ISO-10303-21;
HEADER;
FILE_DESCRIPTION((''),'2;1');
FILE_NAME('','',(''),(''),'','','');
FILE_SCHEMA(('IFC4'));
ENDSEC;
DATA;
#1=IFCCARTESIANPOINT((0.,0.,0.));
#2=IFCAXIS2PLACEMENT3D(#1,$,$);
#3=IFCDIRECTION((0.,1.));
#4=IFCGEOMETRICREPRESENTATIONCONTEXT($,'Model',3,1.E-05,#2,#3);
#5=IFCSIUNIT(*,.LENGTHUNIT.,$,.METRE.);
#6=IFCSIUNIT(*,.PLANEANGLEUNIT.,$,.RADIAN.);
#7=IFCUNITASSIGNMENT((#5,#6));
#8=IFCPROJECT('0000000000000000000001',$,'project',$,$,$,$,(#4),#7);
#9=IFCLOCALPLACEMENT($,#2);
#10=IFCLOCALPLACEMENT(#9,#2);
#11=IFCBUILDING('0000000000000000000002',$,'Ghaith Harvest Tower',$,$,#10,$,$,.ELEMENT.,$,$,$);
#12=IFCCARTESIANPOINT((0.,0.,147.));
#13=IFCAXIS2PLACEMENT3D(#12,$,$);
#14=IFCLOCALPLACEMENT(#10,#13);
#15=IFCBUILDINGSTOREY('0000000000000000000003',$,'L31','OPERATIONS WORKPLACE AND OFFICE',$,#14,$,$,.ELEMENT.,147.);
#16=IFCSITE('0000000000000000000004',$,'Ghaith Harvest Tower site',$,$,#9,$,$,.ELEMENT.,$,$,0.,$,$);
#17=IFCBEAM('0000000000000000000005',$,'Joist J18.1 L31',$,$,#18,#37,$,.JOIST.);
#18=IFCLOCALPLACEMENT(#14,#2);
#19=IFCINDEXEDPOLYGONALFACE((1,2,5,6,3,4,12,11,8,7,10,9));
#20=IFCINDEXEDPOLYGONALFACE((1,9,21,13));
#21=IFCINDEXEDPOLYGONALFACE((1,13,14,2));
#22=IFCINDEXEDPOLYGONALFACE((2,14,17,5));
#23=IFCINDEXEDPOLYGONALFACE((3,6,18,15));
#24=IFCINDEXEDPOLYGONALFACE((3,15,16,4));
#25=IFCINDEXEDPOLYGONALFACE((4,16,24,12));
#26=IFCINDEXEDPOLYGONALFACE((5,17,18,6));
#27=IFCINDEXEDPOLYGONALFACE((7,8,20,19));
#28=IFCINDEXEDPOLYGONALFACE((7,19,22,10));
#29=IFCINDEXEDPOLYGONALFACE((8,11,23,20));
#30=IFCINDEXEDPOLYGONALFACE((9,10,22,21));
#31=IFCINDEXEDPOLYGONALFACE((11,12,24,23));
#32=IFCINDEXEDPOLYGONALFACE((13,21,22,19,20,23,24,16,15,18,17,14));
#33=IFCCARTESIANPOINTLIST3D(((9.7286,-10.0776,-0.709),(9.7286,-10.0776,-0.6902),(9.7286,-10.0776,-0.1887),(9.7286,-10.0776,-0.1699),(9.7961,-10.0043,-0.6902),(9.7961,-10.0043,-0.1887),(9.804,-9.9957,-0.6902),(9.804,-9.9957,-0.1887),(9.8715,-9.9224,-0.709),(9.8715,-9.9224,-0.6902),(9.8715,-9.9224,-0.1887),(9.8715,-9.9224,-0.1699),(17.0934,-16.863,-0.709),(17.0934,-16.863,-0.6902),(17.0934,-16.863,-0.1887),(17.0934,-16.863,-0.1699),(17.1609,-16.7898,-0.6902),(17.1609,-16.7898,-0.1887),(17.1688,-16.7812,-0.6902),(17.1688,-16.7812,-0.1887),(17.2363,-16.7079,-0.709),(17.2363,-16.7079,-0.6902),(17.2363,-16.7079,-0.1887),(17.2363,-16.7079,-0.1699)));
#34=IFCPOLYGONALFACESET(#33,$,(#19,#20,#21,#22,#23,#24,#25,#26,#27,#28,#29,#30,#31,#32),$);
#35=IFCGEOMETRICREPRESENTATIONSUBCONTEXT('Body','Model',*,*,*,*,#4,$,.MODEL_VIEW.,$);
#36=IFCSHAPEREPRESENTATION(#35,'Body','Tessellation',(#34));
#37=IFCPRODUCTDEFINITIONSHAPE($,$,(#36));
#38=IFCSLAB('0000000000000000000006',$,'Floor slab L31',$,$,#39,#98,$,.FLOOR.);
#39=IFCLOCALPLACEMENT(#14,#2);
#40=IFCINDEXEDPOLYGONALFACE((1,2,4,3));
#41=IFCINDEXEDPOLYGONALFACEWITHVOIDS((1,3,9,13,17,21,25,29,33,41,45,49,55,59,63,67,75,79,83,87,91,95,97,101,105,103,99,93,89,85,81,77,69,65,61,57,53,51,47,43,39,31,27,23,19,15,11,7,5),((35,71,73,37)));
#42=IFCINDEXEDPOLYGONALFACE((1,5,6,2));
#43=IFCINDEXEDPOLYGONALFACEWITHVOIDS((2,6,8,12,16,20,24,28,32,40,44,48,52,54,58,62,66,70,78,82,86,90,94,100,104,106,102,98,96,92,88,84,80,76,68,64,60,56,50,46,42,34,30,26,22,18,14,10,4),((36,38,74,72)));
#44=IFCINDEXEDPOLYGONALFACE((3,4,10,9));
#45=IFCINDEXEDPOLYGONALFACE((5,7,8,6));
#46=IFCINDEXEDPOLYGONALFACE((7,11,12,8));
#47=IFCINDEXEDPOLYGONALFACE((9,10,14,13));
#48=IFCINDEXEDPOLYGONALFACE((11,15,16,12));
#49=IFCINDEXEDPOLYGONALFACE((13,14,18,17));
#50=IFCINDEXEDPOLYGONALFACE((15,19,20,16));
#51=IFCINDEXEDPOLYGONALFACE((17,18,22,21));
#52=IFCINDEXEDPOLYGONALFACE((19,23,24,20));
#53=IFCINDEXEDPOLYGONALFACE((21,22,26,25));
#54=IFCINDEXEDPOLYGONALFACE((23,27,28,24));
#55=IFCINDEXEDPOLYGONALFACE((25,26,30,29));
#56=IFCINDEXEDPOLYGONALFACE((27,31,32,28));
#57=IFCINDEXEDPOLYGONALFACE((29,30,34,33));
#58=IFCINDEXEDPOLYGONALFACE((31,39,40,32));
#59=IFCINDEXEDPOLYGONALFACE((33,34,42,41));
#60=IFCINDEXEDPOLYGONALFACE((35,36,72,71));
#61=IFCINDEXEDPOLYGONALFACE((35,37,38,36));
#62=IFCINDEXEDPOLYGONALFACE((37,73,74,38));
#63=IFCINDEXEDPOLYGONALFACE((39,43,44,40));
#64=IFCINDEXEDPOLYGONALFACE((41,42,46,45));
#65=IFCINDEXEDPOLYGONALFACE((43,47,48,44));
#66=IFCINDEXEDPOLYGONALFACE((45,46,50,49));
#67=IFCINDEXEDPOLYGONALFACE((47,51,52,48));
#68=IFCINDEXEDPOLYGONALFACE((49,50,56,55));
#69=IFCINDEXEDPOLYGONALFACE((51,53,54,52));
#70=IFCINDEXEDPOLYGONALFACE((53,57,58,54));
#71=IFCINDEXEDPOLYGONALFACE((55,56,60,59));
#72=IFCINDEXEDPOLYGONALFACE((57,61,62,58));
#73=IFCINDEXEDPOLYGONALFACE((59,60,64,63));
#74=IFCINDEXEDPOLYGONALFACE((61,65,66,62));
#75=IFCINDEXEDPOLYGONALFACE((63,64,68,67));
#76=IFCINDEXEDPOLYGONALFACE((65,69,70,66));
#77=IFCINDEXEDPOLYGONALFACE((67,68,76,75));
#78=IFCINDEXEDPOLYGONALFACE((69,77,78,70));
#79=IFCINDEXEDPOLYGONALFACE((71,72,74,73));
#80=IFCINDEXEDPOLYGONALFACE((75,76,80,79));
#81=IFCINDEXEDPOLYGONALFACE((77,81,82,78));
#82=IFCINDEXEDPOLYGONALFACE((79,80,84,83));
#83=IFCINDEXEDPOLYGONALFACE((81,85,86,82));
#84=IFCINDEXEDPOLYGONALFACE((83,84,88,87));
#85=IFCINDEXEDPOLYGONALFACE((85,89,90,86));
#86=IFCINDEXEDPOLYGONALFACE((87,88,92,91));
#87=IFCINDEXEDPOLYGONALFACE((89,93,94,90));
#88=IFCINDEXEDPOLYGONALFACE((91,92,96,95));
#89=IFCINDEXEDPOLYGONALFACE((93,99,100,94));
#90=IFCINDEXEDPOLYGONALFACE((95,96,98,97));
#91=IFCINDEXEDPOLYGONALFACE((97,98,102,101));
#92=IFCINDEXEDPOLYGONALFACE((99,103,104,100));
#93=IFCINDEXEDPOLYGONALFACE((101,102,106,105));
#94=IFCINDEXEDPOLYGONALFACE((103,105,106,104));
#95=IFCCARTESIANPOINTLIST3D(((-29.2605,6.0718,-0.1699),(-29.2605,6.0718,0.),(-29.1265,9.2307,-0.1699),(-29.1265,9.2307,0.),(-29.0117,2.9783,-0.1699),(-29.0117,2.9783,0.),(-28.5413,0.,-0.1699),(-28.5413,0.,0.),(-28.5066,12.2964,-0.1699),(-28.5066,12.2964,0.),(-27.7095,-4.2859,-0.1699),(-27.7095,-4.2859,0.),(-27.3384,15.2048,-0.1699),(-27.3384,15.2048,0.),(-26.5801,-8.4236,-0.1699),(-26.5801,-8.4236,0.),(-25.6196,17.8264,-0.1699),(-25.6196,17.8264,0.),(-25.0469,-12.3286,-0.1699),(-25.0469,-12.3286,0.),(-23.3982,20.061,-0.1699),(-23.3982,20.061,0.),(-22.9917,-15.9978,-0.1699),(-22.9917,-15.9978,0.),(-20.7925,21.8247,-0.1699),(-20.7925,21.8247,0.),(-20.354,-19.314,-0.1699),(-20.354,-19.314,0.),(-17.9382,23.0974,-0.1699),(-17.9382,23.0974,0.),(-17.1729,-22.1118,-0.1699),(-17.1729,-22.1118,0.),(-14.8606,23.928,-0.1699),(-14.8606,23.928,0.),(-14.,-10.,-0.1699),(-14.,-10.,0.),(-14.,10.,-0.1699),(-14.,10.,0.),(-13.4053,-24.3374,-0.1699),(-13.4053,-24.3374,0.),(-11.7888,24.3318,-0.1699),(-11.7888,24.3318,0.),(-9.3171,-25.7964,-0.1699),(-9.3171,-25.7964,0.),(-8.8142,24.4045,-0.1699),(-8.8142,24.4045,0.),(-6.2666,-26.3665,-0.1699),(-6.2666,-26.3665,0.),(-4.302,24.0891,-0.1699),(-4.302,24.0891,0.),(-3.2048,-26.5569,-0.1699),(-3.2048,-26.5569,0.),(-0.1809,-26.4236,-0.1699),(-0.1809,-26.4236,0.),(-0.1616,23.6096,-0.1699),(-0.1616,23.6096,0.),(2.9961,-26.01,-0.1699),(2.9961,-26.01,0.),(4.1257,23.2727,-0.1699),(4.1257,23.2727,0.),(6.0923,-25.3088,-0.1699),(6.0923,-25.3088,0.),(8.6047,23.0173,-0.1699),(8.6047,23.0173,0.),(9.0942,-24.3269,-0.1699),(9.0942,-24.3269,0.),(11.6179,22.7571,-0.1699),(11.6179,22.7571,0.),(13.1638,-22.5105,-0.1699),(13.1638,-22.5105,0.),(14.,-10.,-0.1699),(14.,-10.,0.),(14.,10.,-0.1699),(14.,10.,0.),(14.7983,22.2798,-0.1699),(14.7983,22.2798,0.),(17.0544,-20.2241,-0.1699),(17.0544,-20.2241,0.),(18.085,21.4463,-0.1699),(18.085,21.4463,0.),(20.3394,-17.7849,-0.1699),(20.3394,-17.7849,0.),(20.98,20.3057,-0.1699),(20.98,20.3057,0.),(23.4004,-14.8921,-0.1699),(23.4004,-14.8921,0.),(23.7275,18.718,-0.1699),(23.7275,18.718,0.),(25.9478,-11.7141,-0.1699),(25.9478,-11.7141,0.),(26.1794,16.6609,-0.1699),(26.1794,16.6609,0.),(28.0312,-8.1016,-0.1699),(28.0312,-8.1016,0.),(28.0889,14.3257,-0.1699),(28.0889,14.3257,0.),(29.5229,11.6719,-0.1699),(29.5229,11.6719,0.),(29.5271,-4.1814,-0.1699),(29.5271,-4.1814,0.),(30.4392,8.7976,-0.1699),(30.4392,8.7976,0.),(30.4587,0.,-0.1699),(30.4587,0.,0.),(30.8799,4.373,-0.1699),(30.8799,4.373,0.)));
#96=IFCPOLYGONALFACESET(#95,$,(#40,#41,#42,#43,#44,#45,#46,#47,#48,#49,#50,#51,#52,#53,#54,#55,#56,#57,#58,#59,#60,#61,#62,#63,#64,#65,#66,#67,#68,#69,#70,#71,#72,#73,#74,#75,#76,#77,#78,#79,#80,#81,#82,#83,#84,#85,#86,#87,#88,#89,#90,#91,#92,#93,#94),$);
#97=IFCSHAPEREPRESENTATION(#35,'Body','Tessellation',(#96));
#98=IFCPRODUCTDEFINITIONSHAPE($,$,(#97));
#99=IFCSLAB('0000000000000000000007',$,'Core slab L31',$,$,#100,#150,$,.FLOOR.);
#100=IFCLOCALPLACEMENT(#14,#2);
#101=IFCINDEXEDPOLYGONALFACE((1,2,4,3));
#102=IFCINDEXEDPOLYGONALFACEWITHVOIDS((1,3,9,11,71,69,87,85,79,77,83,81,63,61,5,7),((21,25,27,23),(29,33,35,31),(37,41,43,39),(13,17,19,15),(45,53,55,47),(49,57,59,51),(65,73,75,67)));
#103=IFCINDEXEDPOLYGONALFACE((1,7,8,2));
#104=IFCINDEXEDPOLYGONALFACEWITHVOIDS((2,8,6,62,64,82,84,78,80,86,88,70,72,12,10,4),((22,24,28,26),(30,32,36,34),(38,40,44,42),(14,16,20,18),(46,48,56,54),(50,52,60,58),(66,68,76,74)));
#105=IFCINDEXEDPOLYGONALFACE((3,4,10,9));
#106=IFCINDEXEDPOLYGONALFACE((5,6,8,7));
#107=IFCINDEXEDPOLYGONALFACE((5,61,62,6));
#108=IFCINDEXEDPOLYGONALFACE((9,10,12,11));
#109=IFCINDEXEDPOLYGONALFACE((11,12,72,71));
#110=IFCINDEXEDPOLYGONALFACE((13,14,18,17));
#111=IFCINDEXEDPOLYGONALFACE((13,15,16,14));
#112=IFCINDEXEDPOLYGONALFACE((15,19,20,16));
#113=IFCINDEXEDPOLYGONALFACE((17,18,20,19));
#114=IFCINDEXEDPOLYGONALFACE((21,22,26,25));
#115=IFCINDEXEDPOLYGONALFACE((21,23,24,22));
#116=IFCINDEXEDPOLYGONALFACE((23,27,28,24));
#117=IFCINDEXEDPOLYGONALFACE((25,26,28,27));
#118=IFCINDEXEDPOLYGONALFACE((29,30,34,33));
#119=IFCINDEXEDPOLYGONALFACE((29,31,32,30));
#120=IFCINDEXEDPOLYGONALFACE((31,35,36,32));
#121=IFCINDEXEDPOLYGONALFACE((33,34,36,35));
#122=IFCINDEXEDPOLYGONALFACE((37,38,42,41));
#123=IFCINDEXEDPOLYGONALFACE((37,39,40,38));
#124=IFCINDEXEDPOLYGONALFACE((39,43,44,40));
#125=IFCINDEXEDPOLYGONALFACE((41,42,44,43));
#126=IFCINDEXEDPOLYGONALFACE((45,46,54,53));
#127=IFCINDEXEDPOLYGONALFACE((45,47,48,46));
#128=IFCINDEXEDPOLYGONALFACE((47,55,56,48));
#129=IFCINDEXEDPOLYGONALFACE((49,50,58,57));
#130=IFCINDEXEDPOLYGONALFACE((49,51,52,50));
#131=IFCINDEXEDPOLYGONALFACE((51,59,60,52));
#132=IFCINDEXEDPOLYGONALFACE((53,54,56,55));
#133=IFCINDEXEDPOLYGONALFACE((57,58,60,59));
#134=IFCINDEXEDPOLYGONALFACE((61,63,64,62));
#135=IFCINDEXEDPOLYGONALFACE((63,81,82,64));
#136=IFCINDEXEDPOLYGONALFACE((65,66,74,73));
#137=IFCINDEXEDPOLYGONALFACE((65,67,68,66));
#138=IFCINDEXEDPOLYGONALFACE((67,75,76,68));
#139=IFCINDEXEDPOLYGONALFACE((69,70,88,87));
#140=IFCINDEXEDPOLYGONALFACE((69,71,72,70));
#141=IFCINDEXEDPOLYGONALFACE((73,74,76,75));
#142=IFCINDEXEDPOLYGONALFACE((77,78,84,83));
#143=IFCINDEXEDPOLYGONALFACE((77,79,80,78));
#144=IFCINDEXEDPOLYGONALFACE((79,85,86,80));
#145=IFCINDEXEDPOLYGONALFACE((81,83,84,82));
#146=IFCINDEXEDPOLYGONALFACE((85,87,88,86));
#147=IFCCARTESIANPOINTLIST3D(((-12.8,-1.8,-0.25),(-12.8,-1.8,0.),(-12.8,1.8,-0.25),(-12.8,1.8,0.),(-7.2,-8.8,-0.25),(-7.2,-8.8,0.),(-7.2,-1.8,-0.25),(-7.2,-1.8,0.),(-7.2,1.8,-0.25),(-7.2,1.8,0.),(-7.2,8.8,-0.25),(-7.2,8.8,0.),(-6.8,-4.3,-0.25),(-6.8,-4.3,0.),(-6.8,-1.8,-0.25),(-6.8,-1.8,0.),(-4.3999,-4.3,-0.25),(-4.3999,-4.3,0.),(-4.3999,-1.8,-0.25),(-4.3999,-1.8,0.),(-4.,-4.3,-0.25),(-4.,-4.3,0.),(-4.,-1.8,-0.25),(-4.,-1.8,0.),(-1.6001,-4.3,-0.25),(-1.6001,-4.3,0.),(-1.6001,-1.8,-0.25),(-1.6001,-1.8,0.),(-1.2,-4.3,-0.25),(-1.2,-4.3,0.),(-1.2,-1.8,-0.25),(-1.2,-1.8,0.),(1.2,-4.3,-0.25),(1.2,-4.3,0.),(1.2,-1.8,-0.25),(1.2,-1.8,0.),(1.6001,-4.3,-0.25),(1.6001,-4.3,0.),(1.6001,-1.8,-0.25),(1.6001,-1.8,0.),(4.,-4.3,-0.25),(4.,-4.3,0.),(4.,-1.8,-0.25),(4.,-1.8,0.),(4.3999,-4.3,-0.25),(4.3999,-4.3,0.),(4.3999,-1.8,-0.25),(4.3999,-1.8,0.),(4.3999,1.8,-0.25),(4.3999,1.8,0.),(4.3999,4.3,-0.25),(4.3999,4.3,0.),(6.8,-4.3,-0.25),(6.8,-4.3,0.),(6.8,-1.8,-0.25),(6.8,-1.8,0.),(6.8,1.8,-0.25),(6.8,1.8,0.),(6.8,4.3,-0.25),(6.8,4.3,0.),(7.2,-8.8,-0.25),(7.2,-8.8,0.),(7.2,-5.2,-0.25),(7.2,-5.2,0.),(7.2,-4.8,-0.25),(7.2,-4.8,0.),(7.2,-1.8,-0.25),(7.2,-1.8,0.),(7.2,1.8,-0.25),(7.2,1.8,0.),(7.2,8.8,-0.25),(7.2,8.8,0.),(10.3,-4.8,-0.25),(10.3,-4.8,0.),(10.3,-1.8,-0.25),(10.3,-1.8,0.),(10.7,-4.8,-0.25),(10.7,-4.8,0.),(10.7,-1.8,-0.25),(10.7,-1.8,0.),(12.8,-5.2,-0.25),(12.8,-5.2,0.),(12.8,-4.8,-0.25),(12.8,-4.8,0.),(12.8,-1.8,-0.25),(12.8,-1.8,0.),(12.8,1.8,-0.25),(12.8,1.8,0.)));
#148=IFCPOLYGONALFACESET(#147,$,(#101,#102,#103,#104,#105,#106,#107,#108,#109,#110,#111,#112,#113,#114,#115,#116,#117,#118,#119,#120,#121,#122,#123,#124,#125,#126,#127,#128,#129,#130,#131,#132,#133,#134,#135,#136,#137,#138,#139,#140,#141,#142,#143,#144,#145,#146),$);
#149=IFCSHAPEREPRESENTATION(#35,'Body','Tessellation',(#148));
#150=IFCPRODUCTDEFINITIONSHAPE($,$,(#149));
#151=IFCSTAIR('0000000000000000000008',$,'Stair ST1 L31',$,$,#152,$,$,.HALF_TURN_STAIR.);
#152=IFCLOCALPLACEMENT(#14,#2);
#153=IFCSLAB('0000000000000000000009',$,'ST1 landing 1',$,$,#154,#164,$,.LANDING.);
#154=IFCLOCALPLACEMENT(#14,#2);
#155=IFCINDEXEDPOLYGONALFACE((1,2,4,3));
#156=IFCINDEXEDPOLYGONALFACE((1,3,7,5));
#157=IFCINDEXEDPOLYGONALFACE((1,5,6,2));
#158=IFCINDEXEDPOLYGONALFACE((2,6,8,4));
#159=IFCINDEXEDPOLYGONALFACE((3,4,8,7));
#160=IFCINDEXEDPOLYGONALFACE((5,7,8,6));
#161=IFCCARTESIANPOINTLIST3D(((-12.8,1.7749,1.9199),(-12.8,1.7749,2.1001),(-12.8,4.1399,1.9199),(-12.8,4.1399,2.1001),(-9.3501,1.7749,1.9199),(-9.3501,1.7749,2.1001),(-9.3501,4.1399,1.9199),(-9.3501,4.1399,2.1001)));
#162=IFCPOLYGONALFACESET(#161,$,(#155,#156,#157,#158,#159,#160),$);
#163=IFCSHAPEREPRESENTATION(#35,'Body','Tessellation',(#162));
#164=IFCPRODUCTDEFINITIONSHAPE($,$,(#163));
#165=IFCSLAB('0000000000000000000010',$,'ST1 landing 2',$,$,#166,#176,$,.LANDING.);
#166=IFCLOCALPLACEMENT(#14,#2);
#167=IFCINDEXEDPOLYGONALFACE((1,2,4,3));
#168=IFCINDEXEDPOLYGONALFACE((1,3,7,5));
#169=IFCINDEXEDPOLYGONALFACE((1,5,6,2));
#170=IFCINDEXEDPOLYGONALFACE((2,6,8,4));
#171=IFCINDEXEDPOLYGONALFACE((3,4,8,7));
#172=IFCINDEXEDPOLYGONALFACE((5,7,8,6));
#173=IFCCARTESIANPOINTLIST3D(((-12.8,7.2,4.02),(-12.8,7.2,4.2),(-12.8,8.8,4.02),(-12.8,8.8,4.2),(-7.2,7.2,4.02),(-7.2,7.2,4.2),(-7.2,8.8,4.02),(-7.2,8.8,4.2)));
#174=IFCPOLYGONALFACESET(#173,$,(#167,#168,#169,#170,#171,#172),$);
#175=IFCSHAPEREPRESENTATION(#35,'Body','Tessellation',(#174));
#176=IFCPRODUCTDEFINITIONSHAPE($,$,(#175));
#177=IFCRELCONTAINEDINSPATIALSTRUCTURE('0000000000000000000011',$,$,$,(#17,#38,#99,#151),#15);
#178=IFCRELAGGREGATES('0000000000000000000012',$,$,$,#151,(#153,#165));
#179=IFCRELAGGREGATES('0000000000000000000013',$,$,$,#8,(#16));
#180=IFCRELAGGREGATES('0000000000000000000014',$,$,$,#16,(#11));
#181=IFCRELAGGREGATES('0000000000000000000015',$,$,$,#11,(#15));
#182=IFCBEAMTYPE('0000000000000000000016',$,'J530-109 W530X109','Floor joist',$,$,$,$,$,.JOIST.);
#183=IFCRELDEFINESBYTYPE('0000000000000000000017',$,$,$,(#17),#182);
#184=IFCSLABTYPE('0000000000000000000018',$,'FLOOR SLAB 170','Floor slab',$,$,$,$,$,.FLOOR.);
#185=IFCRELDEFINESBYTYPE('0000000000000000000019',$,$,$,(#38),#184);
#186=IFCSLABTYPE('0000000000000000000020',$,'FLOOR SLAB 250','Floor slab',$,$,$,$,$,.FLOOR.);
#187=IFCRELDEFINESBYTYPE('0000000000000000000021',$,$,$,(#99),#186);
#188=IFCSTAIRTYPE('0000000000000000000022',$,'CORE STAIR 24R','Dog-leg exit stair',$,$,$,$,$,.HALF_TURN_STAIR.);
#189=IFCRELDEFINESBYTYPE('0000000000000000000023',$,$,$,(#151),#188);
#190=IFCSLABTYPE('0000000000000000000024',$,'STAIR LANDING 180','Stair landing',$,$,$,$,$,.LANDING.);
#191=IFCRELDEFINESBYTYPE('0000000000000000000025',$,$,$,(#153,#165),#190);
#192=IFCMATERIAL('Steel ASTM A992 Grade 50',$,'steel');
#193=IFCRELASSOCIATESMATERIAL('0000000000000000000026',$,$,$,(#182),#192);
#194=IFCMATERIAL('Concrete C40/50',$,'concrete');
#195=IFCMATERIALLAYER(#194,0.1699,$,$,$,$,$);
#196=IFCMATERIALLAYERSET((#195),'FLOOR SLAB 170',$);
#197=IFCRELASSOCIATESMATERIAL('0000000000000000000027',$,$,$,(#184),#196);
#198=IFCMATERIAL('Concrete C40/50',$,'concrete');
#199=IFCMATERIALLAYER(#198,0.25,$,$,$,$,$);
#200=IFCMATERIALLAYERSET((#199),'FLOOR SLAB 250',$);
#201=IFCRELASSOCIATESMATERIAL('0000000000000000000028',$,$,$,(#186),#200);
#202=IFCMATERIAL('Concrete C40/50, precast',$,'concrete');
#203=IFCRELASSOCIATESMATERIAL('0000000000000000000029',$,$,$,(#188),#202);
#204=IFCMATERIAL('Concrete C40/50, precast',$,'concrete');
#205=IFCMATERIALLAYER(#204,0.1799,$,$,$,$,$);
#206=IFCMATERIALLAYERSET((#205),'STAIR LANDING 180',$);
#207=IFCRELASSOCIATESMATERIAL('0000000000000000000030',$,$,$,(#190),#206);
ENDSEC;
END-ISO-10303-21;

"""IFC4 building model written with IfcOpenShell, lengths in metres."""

from ifc_helpers import new_model, si_unit, direction, frame, origin, origin_2d, place, context, subcontext, project, spatial, polyline, i_section, outline, extrude, material, layer, layer_set, material_profile, profile_set, type_object, element, aggregate, save


model = new_model("IFC4")

# Units and contexts
model_context = context("Model", 3, precision=1e-05, world=origin(), true_north=direction((0.0, 1.0)))
body_context = subcontext(model_context, "Body", "Model", "MODEL_VIEW")
ifc_project = project(units=[si_unit("LENGTHUNIT", "METRE"), si_unit("PLANEANGLEUNIT", "RADIAN")], contexts=[model_context])

# Site, building, storey
site_placement = place(None, origin())
site = spatial("IfcSite", under=ifc_project, at=site_placement, Name="Ghaith Harvest Tower site", CompositionType="ELEMENT", RefElevation=0.0)
building_placement = place(site_placement, origin())
building = spatial("IfcBuilding", under=site, at=building_placement, Name="Ghaith Harvest Tower", CompositionType="ELEMENT")
storey_placement = place(building_placement, frame((0.0, 0.0, 147.0)))
storey = spatial("IfcBuildingStorey", under=building, at=storey_placement, Name="L31", Description="OPERATIONS WORKPLACE AND OFFICE", CompositionType="ELEMENT", Elevation=147.0)

# Beam
ifc_material_1 = material(Name="Steel ASTM A992 Grade 50", Category="steel")
ifc_material_profile = material_profile(ifc_material_1, i_section(OverallWidth=0.2109, OverallDepth=0.5391, WebThickness=0.0117, FlangeThickness=0.0188, at=origin_2d()), Name="W530X109")
ifc_profile_set = profile_set([ifc_material_profile], Name="Steel ASTM A992 Grade 50")
beam_type = type_object("IfcBeamType", Name="J530-109 W530X109", Description="Floor joist", PredefinedType="JOIST", material=ifc_profile_set)
beam_placement = place(storey_placement, frame((9.8, -10.0, -0.4395), z_axis=(0.735442, -0.677588, 0.0), x_axis=(0.677588, 0.735442, 0.0)))
element("IfcBeam", 1, at=beam_placement, inside=storey, type_object=beam_type, Name="Joist J18.1 L31", PredefinedType="JOIST", context=body_context, shape_type="SweptSolid", body=[
    extrude(i_section(OverallWidth=0.2109, OverallDepth=0.5391, WebThickness=0.0117, FlangeThickness=0.0188, at=origin_2d()), origin(), (0.0, 0.0, 1.0), 10.0142),
])

# Slabs
ifc_material_2 = material(Name="Concrete C40/50", Category="concrete")
ifc_layer_1 = layer(ifc_material_2, 0.1699)
ifc_layer_set_1 = layer_set([ifc_layer_1], Name="FLOOR SLAB 170")
slab_type_1 = type_object("IfcSlabType", Name="FLOOR SLAB 170", Description="Floor slab", PredefinedType="FLOOR", material=ifc_layer_set_1)
slab_1_placement = place(storey_placement, frame((0.0, 0.0, -0.1699)))
element("IfcSlab", 2, at=slab_1_placement, inside=storey, type_object=slab_type_1, Name="Floor slab L31", PredefinedType="FLOOR", context=body_context, shape_type="SweptSolid", body=[
    extrude(outline(polyline([(30.4587, 0.0), (30.8799, 4.373), (30.4392, 8.7976), (29.5229, 11.6719), (28.0889, 14.3257), (26.1794, 16.6609), (23.7275, 18.718), (20.98, 20.3057), (18.085, 21.4463), (14.7983, 22.2798), (11.6179, 22.7571), (8.6047, 23.0173), (4.1257, 23.2727), (-0.1616, 23.6096), (-4.302, 24.0891), (-8.8142, 24.4045), (-11.7888, 24.3318), (-14.8606, 23.928), (-17.9382, 23.0974), (-20.7925, 21.8247), (-23.3982, 20.061), (-25.6196, 17.8264), (-27.3384, 15.2048), (-28.5066, 12.2964), (-29.1265, 9.2307), (-29.2605, 6.0718), (-29.0117, 2.9783), (-28.5413, 0.0), (-27.7095, -4.2859), (-26.5801, -8.4236), (-25.0469, -12.3286), (-22.9917, -15.9978), (-20.354, -19.314), (-17.1729, -22.1118), (-13.4053, -24.3374), (-9.3171, -25.7964), (-6.2666, -26.3665), (-3.2048, -26.5569), (-0.1809, -26.4236), (2.9961, -26.01), (6.0923, -25.3088), (9.0942, -24.3269), (13.1638, -22.5105), (17.0544, -20.2241), (20.3394, -17.7849), (23.4004, -14.8921), (25.9478, -11.7141), (28.0312, -8.1016), (29.5271, -4.1814), (30.4587, 0.0)]), holes=[polyline([(-14.0, -10.0), (14.0, -10.0), (14.0, 10.0), (-14.0, 10.0), (-14.0, -10.0)])]), origin(), (0.0, 0.0, 1.0), 0.1699),
])
ifc_material_3 = material(Name="Concrete C40/50", Category="concrete")
ifc_layer_2 = layer(ifc_material_3, 0.25)
ifc_layer_set_2 = layer_set([ifc_layer_2], Name="FLOOR SLAB 250")
slab_type_2 = type_object("IfcSlabType", Name="FLOOR SLAB 250", Description="Floor slab", PredefinedType="FLOOR", material=ifc_layer_set_2)
slab_2_placement = place(storey_placement, frame((0.0, 0.0, -0.25)))
element("IfcSlab", 3, at=slab_2_placement, inside=storey, type_object=slab_type_2, Name="Core slab L31", PredefinedType="FLOOR", context=body_context, shape_type="SweptSolid", body=[
    extrude(outline(polyline([(-12.8, 1.8), (-7.2, 1.8), (-7.2, 8.8), (7.2, 8.8), (7.2, 1.8), (12.8, 1.8), (12.8, -1.8), (10.7, -1.8), (10.7, -4.8), (12.8, -4.8), (12.8, -5.2), (7.2, -5.2), (7.2, -8.8), (-7.2, -8.8), (-7.2, -1.8), (-12.8, -1.8), (-12.8, 1.8)]), holes=[polyline([(-4.3999, -4.3), (-4.3999, -1.8), (-6.8, -1.8), (-6.8, -4.3), (-4.3999, -4.3)]), polyline([(-1.6001, -4.3), (-1.6001, -1.8), (-4.0, -1.8), (-4.0, -4.3), (-1.6001, -4.3)]), polyline([(1.2, -1.8), (-1.2, -1.8), (-1.2, -4.3), (1.2, -4.3), (1.2, -1.8)]), polyline([(4.0, -4.3), (4.0, -1.8), (1.6001, -1.8), (1.6001, -4.3), (4.0, -4.3)]), polyline([(10.3, -4.8), (10.3, -1.8), (7.2, -1.8), (7.2, -4.8), (10.3, -4.8)]), polyline([(6.8, -1.8), (4.3999, -1.8), (4.3999, -4.3), (6.8, -4.3), (6.8, -1.8)]), polyline([(6.8, 1.8), (6.8, 4.3), (4.3999, 4.3), (4.3999, 1.8), (6.8, 1.8)])]), origin(), (0.0, 0.0, 1.0), 0.25),
])

# Stair, slabs
ifc_material_4 = material(Name="Concrete C40/50, precast", Category="concrete")
stair_type = type_object("IfcStairType", Name="CORE STAIR 24R", Description="Dog-leg exit stair", PredefinedType="HALF_TURN_STAIR", material=ifc_material_4)
stair_1_placement = place(storey_placement, origin())
stair_1 = element("IfcStair", 4, at=stair_1_placement, inside=storey, type_object=stair_type, Name="Stair ST1 L31", PredefinedType="HALF_TURN_STAIR")
ifc_material_5 = material(Name="Concrete C40/50, precast", Category="concrete")
ifc_layer_3 = layer(ifc_material_5, 0.1799)
ifc_layer_set_3 = layer_set([ifc_layer_3], Name="STAIR LANDING 180")
slab_type_3 = type_object("IfcSlabType", Name="STAIR LANDING 180", Description="Stair landing", PredefinedType="LANDING", material=ifc_layer_set_3)
slab_3_placement = place(storey_placement, frame((0.0, 0.0, 1.9199)))
slab_3 = element("IfcSlab", 5, at=slab_3_placement, type_object=slab_type_3, Name="ST1 landing 1", PredefinedType="LANDING", context=body_context, shape_type="SweptSolid", body=[
    extrude(outline(polyline([(-12.8, 4.1399), (-12.8, 1.7749), (-9.3501, 1.7749), (-9.3501, 4.1399), (-12.8, 4.1399)])), origin(), (0.0, 0.0, 1.0), 0.1802),
])
slab_4_placement = place(storey_placement, frame((0.0, 0.0, 4.02)))
slab_4 = element("IfcSlab", 6, at=slab_4_placement, type_object=slab_type_3, Name="ST1 landing 2", PredefinedType="LANDING", context=body_context, shape_type="SweptSolid", body=[
    extrude(outline(polyline([(-12.8, 8.8), (-12.8, 7.2), (-7.2, 7.2), (-7.2, 8.8), (-12.8, 8.8)])), origin(), (0.0, 0.0, 1.0), 0.1799),
])
aggregate(stair_1, [slab_3, slab_4])

save(model, "model.ifc")
